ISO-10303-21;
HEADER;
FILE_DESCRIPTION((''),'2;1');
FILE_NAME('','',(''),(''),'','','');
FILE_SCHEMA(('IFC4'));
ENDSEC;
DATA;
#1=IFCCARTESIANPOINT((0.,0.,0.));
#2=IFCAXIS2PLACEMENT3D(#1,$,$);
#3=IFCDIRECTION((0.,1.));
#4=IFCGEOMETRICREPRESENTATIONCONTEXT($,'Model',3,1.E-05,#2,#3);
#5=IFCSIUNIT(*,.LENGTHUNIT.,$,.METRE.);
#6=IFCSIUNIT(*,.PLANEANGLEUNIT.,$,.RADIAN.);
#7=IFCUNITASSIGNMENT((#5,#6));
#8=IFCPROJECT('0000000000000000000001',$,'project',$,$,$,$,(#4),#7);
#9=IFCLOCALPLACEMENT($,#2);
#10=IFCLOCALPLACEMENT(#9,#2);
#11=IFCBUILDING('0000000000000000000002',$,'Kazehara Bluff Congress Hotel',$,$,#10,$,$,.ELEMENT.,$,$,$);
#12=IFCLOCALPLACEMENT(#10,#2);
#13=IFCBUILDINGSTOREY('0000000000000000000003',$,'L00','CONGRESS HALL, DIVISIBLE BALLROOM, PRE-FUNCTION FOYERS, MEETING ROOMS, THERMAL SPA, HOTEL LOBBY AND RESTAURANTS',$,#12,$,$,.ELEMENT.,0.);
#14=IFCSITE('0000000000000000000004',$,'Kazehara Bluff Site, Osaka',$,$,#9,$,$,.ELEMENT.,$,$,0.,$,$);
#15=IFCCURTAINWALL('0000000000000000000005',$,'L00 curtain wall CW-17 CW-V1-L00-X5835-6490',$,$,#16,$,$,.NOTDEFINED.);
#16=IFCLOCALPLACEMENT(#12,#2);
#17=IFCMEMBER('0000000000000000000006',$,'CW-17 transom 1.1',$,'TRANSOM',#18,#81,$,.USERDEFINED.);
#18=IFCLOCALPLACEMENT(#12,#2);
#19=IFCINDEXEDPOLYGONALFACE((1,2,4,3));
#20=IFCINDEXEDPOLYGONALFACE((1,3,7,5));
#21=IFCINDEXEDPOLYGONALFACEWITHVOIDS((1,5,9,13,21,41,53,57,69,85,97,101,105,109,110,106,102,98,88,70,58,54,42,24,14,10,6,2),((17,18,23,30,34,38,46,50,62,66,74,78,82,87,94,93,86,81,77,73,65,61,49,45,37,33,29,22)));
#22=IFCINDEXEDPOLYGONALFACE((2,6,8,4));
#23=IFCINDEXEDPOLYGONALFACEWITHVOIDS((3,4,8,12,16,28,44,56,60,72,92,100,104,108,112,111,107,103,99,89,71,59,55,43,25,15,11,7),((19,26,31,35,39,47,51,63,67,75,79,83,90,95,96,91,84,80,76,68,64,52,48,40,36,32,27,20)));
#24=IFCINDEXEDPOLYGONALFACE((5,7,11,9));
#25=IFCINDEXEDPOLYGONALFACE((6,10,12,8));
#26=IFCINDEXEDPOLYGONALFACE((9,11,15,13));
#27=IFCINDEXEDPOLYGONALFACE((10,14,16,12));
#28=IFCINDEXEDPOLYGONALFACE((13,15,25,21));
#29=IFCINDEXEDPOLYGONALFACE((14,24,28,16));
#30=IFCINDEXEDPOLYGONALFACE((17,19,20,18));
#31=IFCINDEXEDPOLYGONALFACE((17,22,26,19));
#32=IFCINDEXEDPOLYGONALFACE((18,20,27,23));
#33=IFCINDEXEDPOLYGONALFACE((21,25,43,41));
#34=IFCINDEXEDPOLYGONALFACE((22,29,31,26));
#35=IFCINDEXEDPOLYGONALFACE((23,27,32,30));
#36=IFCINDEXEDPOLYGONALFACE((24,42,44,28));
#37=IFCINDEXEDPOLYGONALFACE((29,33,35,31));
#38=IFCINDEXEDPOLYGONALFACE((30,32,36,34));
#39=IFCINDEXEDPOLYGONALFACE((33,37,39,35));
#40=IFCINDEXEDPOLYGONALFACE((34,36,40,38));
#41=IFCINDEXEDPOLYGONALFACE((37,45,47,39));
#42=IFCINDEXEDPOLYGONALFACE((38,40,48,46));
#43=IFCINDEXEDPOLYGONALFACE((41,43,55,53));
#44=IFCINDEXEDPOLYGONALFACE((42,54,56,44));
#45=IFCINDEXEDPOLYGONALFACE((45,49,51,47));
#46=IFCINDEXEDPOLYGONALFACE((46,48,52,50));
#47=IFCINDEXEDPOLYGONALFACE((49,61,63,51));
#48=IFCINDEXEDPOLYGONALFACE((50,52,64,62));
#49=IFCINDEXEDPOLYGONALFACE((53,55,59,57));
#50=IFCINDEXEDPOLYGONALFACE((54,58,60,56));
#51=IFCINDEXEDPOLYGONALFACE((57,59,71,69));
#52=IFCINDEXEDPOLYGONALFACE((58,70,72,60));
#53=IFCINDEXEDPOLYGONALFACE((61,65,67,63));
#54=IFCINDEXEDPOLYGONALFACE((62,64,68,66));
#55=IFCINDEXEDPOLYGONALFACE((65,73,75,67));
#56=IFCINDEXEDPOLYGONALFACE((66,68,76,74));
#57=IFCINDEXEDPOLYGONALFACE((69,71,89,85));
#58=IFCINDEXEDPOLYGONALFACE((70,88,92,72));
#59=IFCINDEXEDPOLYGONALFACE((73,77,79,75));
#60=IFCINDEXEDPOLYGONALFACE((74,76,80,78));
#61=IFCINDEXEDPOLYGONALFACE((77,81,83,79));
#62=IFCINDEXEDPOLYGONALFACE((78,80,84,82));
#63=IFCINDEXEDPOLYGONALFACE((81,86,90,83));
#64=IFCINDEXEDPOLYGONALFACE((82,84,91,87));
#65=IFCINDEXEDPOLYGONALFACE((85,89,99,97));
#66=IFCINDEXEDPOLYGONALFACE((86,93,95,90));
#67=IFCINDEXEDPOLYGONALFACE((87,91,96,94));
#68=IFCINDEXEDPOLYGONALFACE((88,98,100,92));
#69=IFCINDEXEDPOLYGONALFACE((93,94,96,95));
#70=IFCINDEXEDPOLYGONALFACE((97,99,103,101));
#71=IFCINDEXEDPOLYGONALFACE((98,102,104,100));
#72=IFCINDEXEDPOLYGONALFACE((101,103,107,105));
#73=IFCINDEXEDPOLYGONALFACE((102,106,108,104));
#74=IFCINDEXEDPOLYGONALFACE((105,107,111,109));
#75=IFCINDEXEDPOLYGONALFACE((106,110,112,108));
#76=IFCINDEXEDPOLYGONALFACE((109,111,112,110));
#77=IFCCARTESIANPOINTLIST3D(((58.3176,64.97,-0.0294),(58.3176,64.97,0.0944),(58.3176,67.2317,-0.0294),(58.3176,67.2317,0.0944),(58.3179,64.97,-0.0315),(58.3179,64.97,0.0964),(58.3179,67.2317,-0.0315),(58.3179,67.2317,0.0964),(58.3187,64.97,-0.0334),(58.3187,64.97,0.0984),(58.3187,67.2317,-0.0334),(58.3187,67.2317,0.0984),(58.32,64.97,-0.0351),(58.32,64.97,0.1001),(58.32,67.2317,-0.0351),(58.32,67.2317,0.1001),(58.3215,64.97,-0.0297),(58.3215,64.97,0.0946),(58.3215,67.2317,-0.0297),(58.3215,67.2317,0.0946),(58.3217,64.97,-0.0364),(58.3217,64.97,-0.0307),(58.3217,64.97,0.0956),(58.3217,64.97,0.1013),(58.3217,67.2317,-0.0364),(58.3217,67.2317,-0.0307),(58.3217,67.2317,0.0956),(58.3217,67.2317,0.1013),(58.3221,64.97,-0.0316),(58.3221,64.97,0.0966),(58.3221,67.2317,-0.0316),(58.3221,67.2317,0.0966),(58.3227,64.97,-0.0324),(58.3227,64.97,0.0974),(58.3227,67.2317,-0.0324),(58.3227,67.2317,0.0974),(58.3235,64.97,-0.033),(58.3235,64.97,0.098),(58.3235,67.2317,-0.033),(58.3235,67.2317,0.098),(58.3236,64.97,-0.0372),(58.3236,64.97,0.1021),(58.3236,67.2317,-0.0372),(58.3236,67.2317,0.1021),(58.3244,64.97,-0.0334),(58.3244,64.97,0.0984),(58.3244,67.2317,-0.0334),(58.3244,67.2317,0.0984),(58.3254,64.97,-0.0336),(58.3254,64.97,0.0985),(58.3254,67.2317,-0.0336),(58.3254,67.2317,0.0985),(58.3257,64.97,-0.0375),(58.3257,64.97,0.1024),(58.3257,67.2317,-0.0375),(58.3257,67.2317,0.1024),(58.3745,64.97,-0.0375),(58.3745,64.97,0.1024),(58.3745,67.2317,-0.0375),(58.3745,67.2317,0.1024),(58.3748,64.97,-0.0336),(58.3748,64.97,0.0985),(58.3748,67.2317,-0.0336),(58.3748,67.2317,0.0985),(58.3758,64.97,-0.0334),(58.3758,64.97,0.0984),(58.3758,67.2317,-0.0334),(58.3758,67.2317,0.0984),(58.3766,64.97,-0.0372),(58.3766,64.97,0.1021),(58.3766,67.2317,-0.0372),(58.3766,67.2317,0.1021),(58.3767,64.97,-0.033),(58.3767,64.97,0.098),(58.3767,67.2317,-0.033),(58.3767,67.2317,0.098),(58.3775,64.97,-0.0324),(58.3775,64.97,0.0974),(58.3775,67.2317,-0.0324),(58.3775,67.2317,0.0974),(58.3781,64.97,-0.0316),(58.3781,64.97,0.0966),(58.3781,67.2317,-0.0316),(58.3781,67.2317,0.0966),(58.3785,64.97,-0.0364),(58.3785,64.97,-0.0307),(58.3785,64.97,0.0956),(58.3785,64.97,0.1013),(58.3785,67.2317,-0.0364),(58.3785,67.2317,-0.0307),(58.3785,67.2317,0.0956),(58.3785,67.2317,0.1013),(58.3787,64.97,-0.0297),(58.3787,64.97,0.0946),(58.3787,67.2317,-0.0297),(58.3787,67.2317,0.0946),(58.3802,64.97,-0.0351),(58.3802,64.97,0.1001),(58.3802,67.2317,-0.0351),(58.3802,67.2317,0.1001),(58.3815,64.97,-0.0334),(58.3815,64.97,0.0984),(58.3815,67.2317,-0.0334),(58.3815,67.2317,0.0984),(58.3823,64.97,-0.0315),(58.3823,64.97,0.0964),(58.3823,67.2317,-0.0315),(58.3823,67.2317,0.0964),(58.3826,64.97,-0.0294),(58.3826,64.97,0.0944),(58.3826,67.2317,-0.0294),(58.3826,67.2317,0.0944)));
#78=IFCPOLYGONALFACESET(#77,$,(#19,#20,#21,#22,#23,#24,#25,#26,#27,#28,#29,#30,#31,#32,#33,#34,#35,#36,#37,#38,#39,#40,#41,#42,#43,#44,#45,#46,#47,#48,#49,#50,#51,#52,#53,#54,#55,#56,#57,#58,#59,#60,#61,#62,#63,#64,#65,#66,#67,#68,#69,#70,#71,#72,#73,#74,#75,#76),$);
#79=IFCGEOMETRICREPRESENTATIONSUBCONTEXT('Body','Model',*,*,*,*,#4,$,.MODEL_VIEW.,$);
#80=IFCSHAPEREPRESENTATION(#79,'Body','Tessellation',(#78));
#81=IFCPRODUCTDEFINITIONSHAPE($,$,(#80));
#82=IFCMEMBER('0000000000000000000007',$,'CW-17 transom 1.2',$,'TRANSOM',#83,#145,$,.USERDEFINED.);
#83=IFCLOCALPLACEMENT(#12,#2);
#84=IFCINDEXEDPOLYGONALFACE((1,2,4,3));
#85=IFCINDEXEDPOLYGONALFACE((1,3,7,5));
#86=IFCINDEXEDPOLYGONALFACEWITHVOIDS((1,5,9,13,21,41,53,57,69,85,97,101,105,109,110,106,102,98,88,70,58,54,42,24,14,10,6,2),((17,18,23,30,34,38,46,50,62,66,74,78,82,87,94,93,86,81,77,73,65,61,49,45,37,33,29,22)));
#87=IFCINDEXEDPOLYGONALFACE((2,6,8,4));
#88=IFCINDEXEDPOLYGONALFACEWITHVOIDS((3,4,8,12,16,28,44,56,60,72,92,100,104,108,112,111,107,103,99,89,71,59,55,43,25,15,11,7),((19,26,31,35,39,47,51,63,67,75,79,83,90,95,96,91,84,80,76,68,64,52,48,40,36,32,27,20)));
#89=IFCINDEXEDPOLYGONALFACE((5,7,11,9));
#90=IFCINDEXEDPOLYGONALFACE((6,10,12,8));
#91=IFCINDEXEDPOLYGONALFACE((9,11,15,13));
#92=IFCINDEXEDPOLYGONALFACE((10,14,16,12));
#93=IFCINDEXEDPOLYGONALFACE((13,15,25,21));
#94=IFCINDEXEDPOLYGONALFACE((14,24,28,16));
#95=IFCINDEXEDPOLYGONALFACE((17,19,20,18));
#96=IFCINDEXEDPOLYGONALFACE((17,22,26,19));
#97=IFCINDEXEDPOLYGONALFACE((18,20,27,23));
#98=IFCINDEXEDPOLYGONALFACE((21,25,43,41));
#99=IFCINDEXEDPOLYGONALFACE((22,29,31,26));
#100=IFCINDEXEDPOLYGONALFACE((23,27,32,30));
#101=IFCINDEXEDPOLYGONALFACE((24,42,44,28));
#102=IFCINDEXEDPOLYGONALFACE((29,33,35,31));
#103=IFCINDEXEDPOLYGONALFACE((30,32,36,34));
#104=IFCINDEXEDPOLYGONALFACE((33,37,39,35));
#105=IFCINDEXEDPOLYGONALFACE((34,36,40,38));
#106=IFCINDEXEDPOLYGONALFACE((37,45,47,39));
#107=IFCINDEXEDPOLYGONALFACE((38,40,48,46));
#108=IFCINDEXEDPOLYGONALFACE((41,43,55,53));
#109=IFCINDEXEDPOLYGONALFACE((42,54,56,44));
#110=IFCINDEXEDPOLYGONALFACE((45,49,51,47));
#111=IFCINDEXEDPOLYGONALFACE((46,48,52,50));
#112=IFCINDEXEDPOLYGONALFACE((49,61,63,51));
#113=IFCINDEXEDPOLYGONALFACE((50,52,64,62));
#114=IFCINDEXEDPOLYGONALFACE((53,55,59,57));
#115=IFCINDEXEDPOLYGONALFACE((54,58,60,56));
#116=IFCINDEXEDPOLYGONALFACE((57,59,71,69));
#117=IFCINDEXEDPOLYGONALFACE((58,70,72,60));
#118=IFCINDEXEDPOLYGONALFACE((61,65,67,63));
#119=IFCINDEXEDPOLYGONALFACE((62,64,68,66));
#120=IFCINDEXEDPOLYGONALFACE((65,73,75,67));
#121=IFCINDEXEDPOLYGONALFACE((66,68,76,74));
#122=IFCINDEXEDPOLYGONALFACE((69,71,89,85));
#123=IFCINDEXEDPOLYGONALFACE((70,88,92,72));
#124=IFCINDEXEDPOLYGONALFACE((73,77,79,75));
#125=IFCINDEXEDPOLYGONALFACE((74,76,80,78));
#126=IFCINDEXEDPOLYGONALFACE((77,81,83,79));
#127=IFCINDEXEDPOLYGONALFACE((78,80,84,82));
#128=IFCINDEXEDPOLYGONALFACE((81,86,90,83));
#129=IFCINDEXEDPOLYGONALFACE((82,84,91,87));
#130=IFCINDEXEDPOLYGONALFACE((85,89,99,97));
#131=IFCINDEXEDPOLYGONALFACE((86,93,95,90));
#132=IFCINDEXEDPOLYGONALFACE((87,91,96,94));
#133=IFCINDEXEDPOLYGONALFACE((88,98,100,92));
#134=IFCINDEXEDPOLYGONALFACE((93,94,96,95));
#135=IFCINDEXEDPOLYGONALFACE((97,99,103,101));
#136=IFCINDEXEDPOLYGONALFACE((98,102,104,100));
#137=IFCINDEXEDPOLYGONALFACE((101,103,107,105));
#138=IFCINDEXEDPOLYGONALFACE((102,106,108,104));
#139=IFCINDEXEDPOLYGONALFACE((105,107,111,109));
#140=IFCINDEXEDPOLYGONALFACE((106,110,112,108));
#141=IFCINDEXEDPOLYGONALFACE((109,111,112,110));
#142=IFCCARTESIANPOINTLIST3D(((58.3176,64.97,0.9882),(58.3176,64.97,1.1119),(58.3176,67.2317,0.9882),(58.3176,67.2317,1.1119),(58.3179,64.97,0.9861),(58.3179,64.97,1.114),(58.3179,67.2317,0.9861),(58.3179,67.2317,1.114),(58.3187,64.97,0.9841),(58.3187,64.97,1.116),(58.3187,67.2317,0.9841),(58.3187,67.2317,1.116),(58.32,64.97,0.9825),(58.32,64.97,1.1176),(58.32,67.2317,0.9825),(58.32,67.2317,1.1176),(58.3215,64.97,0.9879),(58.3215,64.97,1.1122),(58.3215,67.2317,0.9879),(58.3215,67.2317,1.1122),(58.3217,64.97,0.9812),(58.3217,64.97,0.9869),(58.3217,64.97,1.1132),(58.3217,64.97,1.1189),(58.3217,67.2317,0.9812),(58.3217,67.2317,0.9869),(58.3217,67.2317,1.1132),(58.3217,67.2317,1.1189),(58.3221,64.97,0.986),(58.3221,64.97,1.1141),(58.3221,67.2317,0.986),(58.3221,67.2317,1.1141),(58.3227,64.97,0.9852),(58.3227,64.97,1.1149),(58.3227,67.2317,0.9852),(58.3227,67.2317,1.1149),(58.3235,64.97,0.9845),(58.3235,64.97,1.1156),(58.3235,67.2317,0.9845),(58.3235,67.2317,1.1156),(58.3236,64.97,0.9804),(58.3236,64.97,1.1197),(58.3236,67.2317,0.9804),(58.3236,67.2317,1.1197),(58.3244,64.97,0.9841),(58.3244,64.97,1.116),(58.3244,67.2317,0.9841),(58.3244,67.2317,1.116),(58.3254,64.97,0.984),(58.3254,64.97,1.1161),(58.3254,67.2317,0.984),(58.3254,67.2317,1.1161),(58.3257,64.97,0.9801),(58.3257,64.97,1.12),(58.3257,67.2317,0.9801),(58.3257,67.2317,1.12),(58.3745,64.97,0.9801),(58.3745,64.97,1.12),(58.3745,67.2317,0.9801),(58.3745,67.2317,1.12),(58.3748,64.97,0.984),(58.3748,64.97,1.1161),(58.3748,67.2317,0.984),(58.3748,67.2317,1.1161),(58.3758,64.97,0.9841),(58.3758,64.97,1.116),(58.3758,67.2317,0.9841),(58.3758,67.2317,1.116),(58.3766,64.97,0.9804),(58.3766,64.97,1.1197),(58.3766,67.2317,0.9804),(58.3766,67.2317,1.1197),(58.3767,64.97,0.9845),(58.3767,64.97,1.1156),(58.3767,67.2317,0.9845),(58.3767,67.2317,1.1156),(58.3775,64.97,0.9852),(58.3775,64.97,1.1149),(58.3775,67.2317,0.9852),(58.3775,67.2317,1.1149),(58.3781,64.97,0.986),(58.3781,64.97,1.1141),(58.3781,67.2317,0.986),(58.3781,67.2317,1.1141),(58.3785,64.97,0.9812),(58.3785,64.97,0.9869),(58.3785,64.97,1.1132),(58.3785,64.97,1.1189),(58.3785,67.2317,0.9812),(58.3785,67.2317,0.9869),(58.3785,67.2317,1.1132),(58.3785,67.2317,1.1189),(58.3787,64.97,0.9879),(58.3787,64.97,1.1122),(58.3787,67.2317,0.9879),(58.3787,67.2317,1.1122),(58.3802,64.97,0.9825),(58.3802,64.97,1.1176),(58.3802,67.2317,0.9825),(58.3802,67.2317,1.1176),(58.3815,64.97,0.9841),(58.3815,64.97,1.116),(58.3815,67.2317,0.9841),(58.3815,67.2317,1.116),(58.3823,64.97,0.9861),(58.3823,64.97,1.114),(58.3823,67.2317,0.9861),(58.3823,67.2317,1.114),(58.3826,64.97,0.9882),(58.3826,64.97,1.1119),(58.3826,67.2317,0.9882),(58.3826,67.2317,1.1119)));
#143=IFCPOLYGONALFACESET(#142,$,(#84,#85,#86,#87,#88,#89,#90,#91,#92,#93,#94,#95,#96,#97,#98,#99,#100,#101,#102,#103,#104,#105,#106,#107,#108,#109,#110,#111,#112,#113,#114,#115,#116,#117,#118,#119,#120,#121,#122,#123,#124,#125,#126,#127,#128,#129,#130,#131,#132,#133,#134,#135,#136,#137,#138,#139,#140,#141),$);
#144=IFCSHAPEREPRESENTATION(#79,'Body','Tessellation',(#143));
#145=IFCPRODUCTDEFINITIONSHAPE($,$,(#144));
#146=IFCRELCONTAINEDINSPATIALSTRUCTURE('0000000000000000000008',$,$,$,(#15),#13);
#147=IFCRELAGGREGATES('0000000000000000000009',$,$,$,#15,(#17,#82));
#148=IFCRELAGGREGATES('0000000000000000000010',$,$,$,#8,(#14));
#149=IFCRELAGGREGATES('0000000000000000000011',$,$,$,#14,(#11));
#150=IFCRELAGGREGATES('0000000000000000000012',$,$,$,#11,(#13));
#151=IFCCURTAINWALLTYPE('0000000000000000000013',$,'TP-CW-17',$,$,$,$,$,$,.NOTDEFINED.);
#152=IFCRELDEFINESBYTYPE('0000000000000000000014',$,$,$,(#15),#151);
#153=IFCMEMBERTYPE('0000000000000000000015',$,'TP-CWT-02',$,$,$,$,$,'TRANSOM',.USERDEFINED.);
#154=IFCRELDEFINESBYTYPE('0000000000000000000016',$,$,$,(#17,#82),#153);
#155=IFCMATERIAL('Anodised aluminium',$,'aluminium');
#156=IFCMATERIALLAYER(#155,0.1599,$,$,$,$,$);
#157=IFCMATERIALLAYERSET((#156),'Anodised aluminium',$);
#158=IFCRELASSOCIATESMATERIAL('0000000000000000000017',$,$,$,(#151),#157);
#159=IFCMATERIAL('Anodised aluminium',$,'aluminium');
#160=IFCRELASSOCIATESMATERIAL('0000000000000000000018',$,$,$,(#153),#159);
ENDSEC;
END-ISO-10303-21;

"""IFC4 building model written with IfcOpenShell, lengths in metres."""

from ifc_helpers import new_model, si_unit, direction, frame, origin, origin_2d, place, context, subcontext, project, spatial, hollow_rectangle, extrude, material, layer, layer_set, material_profile, profile_set, type_object, element, aggregate, save


model = new_model("IFC4")

# Units and contexts
model_context = context("Model", 3, precision=1e-05, world=origin(), true_north=direction((0.0, 1.0)))
body_context = subcontext(model_context, "Body", "Model", "MODEL_VIEW")
ifc_project = project(units=[si_unit("LENGTHUNIT", "METRE"), si_unit("PLANEANGLEUNIT", "RADIAN")], contexts=[model_context])

# Site, building, storey
site_placement = place(None, origin())
site = spatial("IfcSite", under=ifc_project, at=site_placement, Name="Kazehara Bluff Site, Osaka", CompositionType="ELEMENT", RefElevation=0.0)
building_placement = place(site_placement, origin())
building = spatial("IfcBuilding", under=site, at=building_placement, Name="Kazehara Bluff Congress Hotel", CompositionType="ELEMENT")
storey_placement = place(building_placement, origin())
storey = spatial("IfcBuildingStorey", under=building, at=storey_placement, Name="L00", Description="CONGRESS HALL, DIVISIBLE BALLROOM, PRE-FUNCTION FOYERS, MEETING ROOMS, THERMAL SPA, HOTEL LOBBY AND RESTAURANTS", CompositionType="ELEMENT", Elevation=0.0)

# Curtain wall
ifc_material_1 = material(Name="Anodised aluminium", Category="aluminium")
ifc_layer_1 = layer(ifc_material_1, 0.1599)
ifc_layer_set_1 = layer_set([ifc_layer_1], Name="Anodised aluminium")
curtain_wall_type = type_object("IfcCurtainWallType", Name="TP-CW-17", PredefinedType="NOTDEFINED", material=ifc_layer_set_1)
curtain_wall_1_placement = place(storey_placement, origin())
curtain_wall_1 = element("IfcCurtainWall", 1, at=curtain_wall_1_placement, inside=storey, type_object=curtain_wall_type, Name="L00 curtain wall CW-17 CW-V1-L00-X5835-6490", PredefinedType="NOTDEFINED")

# Members
ifc_material_2 = material(Name="Anodised aluminium", Category="aluminium")
ifc_material_profile_1 = material_profile(ifc_material_2, hollow_rectangle(XDim=0.0649, YDim=0.1399, WallThickness=0.0039, InnerFilletRadius=0.0039, OuterFilletRadius=0.0081, at=origin_2d()))
ifc_profile_set_1 = profile_set([ifc_material_profile_1], Name="Anodised aluminium")
member_type_1 = type_object("IfcMemberType", Name="TP-CWT-02", ElementType="TRANSOM", PredefinedType="USERDEFINED", material=ifc_profile_set_1)
member_1_placement = place(storey_placement, frame((58.3501, 64.97, 0.0325), z_axis=(0.0, 1.0, 0.0), x_axis=(-1.0, 0.0, 0.0)))
member_1 = element("IfcMember", 2, at=member_1_placement, type_object=member_type_1, Name="CW-17 transom 1.1", ObjectType="TRANSOM", PredefinedType="USERDEFINED", context=body_context, shape_type="SweptSolid", body=[
    extrude(hollow_rectangle(XDim=0.0649, YDim=0.1399, WallThickness=0.0039, InnerFilletRadius=0.0039, OuterFilletRadius=0.0081, at=origin_2d()), origin(), (0.0, 0.0, 1.0), 2.2617),
])
member_2_placement = place(storey_placement, frame((58.3501, 64.97, 1.05), z_axis=(0.0, 1.0, 0.0), x_axis=(-1.0, 0.0, 0.0)))
member_2 = element("IfcMember", 3, at=member_2_placement, type_object=member_type_1, Name="CW-17 transom 1.2", ObjectType="TRANSOM", PredefinedType="USERDEFINED", context=body_context, shape_type="SweptSolid", body=[
    extrude(hollow_rectangle(XDim=0.0649, YDim=0.1399, WallThickness=0.0039, InnerFilletRadius=0.0039, OuterFilletRadius=0.0081, at=origin_2d()), origin(), (0.0, 0.0, 1.0), 2.2617),
])

aggregate(curtain_wall_1, [member_1, member_2])

save(model, "model.ifc")
